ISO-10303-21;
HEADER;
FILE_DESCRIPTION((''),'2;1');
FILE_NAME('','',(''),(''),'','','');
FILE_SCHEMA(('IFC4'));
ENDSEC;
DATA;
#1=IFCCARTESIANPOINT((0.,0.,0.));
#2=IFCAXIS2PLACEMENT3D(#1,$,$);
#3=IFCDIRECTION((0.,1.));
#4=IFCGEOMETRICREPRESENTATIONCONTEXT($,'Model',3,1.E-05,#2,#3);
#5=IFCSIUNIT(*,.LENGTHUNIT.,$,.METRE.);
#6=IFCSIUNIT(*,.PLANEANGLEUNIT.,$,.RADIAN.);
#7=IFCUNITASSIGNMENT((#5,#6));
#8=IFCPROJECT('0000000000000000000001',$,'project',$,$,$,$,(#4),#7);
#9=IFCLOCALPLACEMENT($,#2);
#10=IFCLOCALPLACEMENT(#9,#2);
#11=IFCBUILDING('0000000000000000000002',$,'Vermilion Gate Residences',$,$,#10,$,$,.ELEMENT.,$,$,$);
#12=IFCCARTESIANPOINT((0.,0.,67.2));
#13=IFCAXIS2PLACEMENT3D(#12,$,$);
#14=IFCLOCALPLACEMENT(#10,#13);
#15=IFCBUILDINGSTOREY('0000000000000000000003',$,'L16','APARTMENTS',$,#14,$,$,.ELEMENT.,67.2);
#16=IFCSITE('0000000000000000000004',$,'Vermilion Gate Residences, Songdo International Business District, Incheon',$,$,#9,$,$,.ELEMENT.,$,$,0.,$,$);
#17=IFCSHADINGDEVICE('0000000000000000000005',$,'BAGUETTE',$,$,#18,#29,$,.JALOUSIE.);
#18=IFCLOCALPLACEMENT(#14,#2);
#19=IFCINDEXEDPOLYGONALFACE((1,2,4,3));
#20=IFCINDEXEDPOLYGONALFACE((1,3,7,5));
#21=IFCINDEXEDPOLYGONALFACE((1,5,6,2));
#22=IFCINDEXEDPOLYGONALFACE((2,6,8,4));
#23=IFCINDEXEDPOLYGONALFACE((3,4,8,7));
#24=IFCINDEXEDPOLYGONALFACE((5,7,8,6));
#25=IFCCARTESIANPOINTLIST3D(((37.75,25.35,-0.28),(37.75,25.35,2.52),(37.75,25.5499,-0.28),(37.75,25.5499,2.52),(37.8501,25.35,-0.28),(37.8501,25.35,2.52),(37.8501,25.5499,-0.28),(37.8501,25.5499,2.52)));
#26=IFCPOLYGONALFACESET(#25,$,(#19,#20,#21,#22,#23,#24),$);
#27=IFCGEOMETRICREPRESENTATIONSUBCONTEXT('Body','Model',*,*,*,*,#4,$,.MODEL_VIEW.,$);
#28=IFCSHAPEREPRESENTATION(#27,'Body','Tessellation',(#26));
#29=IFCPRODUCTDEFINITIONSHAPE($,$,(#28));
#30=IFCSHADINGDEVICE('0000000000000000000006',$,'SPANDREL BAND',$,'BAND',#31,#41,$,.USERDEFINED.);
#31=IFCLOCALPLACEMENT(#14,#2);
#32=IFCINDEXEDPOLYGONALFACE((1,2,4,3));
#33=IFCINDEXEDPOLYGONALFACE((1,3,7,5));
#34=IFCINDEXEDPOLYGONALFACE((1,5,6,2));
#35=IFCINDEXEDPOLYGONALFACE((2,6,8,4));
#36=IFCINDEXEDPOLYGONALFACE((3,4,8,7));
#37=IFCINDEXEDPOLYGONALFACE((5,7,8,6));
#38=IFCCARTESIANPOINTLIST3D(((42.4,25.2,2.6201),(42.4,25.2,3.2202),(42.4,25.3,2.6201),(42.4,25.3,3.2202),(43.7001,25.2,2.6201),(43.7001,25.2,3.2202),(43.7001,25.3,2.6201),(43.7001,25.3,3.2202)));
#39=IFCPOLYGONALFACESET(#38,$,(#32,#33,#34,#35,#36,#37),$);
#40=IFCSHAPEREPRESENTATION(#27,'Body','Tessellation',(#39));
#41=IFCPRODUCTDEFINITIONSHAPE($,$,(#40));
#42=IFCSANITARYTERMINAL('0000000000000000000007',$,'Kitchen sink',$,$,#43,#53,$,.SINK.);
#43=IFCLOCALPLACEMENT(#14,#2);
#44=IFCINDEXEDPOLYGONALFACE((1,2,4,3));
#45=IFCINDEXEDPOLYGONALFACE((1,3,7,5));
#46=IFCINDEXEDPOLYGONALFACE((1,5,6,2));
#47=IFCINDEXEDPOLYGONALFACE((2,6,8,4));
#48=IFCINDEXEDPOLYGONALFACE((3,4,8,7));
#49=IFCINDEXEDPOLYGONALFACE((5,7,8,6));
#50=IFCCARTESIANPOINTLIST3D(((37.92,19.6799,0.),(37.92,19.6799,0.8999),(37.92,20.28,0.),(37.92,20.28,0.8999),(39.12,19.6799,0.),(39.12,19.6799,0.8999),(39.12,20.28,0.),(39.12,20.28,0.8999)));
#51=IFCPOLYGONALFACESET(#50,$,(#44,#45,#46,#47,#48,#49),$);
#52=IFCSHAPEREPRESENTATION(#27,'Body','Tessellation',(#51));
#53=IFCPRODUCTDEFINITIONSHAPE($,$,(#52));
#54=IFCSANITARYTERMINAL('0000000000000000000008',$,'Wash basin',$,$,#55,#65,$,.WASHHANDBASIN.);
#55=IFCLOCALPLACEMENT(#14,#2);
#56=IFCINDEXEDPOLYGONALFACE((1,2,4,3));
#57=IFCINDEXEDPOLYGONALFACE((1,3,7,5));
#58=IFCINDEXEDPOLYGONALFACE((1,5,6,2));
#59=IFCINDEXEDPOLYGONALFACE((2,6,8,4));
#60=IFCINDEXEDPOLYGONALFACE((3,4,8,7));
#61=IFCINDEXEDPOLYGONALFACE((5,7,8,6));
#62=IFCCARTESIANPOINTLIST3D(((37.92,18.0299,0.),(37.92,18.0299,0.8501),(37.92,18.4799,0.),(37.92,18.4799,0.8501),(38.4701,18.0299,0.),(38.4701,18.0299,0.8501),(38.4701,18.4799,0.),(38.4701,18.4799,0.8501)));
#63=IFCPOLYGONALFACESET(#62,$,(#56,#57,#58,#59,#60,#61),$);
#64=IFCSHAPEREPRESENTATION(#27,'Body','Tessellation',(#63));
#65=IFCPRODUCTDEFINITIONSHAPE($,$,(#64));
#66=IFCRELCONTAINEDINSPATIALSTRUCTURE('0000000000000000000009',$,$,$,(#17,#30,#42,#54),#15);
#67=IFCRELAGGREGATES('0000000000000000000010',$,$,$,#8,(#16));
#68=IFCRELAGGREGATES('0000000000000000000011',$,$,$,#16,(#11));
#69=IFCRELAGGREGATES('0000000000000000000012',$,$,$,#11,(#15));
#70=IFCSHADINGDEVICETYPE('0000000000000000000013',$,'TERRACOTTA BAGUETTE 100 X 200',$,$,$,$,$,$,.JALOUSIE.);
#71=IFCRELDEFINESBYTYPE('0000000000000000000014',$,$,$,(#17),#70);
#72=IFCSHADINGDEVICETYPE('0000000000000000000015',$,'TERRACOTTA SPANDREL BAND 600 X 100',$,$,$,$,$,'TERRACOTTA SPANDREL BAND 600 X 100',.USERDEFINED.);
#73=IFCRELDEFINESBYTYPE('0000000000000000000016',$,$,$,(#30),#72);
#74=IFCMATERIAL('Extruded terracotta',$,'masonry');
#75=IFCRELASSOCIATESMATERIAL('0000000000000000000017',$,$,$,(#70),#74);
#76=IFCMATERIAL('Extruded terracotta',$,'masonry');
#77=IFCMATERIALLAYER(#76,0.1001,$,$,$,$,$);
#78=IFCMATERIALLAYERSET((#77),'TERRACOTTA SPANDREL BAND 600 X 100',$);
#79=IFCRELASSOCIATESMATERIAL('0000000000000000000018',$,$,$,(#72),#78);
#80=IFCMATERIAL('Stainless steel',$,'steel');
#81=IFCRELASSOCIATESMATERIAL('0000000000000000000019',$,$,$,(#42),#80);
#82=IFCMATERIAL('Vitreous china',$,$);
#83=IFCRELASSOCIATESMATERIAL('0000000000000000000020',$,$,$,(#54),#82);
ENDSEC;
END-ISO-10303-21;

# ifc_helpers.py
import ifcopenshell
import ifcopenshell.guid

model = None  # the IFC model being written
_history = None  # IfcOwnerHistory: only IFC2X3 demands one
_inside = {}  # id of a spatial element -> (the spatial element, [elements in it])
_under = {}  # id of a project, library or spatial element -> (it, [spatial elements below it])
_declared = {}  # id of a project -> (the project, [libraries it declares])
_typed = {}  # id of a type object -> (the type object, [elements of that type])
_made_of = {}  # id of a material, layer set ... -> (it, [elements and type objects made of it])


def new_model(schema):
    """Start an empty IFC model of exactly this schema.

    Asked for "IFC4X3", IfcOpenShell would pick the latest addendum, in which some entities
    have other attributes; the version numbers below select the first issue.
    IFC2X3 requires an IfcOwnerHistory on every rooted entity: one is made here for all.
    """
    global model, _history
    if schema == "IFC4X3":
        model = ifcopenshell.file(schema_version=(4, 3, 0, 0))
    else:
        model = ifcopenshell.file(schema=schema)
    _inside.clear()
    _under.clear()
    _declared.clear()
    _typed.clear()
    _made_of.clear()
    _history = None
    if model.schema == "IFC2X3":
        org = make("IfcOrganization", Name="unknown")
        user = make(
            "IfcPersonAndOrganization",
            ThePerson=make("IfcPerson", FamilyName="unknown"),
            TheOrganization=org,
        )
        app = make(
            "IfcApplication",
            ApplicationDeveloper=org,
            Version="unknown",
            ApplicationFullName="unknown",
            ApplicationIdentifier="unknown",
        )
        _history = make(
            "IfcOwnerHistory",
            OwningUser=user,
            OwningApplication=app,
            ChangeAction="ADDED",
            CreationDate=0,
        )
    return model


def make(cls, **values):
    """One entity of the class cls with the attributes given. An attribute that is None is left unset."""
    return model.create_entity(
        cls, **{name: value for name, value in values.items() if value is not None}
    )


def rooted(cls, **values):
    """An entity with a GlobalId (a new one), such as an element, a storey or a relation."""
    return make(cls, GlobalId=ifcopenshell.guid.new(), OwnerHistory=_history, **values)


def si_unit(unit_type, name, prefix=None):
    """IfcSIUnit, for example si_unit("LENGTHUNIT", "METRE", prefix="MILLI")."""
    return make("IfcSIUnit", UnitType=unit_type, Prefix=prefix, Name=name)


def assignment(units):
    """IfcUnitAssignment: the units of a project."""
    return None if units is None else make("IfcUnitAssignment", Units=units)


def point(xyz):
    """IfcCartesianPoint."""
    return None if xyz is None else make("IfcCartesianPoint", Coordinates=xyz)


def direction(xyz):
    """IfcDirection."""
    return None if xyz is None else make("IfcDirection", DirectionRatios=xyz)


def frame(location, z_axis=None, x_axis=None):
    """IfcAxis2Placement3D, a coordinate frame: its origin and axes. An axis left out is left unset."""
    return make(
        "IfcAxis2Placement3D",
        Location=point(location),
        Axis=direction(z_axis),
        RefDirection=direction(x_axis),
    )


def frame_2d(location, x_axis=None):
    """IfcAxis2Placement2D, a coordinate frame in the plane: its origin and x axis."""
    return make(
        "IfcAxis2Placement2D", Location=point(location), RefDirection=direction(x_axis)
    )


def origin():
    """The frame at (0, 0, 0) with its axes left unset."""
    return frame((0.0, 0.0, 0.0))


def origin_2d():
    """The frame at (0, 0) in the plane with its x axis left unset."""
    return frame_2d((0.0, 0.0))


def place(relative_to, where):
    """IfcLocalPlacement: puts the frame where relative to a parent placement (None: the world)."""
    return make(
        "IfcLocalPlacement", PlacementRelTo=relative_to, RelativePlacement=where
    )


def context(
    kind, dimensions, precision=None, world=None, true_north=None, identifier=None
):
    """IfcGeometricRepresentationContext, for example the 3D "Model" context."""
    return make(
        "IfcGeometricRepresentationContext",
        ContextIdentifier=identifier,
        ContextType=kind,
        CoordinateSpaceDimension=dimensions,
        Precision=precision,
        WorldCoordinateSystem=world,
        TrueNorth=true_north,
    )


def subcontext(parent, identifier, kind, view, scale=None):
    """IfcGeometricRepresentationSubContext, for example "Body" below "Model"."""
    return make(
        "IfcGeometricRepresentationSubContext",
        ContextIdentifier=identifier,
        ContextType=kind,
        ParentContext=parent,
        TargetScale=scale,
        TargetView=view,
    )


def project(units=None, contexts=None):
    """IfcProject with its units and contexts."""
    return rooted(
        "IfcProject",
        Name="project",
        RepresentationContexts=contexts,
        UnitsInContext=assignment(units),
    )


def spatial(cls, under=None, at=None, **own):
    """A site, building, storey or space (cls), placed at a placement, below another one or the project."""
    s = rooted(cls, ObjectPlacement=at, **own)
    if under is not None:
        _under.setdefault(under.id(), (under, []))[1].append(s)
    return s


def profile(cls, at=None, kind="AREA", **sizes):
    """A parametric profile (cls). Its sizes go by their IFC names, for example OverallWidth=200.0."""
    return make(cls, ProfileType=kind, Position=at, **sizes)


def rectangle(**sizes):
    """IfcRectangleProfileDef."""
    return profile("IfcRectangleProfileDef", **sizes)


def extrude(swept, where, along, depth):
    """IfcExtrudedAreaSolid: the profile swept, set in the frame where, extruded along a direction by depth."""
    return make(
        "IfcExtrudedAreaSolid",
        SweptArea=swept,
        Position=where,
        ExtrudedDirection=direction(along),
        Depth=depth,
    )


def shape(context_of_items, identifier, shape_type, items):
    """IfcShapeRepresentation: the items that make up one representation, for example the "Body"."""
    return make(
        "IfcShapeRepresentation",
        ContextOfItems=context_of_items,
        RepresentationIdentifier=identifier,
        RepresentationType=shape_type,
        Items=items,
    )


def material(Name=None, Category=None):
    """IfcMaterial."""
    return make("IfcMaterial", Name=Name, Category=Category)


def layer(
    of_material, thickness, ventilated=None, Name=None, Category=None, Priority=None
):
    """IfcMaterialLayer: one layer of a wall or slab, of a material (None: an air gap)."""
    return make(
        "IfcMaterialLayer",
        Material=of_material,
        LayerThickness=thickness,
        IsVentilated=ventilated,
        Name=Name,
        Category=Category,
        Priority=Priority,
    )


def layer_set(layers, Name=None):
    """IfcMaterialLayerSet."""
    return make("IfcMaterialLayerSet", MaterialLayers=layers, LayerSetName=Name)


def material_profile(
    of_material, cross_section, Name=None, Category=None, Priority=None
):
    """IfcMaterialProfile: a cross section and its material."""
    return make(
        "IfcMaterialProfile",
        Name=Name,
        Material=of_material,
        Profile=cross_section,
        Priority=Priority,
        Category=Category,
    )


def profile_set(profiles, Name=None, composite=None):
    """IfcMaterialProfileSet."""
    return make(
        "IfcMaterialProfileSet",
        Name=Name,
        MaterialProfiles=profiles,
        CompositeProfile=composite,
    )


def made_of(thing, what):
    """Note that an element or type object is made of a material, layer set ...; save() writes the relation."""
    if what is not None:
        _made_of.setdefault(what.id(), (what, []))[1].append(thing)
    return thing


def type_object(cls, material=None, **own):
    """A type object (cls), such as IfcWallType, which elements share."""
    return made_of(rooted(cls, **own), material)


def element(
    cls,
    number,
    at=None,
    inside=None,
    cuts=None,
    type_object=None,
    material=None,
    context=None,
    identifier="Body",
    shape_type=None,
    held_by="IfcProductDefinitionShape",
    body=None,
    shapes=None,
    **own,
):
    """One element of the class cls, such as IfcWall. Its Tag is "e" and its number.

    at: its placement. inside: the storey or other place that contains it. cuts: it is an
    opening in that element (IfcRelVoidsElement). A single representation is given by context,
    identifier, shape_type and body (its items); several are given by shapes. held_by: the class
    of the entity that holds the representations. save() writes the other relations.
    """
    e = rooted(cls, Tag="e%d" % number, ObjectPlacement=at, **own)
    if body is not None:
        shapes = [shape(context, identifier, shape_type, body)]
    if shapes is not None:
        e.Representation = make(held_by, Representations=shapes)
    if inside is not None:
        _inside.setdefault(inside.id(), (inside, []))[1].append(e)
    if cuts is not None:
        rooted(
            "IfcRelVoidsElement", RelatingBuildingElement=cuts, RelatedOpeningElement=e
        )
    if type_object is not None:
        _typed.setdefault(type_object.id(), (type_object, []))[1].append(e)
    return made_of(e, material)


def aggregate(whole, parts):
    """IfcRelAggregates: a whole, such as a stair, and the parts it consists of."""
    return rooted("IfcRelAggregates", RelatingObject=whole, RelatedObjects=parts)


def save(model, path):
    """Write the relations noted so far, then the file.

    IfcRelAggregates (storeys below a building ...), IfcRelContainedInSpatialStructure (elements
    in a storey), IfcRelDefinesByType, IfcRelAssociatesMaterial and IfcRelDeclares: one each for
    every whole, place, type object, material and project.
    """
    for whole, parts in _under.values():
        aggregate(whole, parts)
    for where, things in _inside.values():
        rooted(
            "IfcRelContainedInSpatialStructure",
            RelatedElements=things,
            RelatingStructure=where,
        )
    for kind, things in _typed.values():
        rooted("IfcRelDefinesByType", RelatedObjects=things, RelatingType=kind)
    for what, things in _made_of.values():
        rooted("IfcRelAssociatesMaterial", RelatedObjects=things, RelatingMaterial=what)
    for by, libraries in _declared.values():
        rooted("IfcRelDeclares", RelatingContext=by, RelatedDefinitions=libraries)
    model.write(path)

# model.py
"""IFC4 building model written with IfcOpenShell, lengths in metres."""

from ifc_helpers import new_model, si_unit, direction, frame, origin, origin_2d, place, context, subcontext, project, spatial, rectangle, extrude, material, layer, layer_set, material_profile, profile_set, type_object, element, save


model = new_model("IFC4")

# Units and contexts
model_context = context("Model", 3, precision=1e-05, world=origin(), true_north=direction((0.0, 1.0)))
body_context = subcontext(model_context, "Body", "Model", "MODEL_VIEW")
ifc_project = project(units=[si_unit("LENGTHUNIT", "METRE"), si_unit("PLANEANGLEUNIT", "RADIAN")], contexts=[model_context])

# Site, building, storey
site_placement = place(None, origin())
site = spatial("IfcSite", under=ifc_project, at=site_placement, Name="Vermilion Gate Residences, Songdo International Business District, Incheon", CompositionType="ELEMENT", RefElevation=0.0)
building_placement = place(site_placement, origin())
building = spatial("IfcBuilding", under=site, at=building_placement, Name="Vermilion Gate Residences", CompositionType="ELEMENT")
storey_placement = place(building_placement, frame((0.0, 0.0, 67.2)))
storey = spatial("IfcBuildingStorey", under=building, at=storey_placement, Name="L16", Description="APARTMENTS", CompositionType="ELEMENT", Elevation=67.2)

# Shading devices
ifc_material_1 = material(Name="Extruded terracotta", Category="masonry")
ifc_material_profile = material_profile(ifc_material_1, rectangle(XDim=0.2, YDim=0.1001, at=origin_2d()), Name="BAGUETTE 100 X 200")
ifc_profile_set = profile_set([ifc_material_profile], Name="Extruded terracotta")
shading_device_type_1 = type_object("IfcShadingDeviceType", Name="TERRACOTTA BAGUETTE 100 X 200", PredefinedType="JALOUSIE", material=ifc_profile_set)
shading_device_1_placement = place(storey_placement, frame((37.8, 25.45, -0.28), z_axis=(0.0, 0.0, 1.0), x_axis=(0.0, -1.0, 0.0)))
element("IfcShadingDevice", 1, at=shading_device_1_placement, inside=storey, type_object=shading_device_type_1, Name="BAGUETTE", PredefinedType="JALOUSIE", context=body_context, shape_type="SweptSolid", body=[
    extrude(rectangle(XDim=0.2, YDim=0.1001, at=origin_2d()), origin(), (0.0, 0.0, 1.0), 2.8),
])
ifc_material_2 = material(Name="Extruded terracotta", Category="masonry")
ifc_layer_1 = layer(ifc_material_2, 0.1001)
ifc_layer_set_1 = layer_set([ifc_layer_1], Name="TERRACOTTA SPANDREL BAND 600 X 100")
shading_device_type_2 = type_object("IfcShadingDeviceType", Name="TERRACOTTA SPANDREL BAND 600 X 100", ElementType="TERRACOTTA SPANDREL BAND 600 X 100", PredefinedType="USERDEFINED", material=ifc_layer_set_1)
shading_device_2_placement = place(storey_placement, frame((43.05, 25.25, 2.6201), z_axis=(0.0, 0.0, 1.0), x_axis=(1.0, 0.0, 0.0)))
element("IfcShadingDevice", 2, at=shading_device_2_placement, inside=storey, type_object=shading_device_type_2, Name="SPANDREL BAND", ObjectType="BAND", PredefinedType="USERDEFINED", context=body_context, shape_type="SweptSolid", body=[
    extrude(rectangle(XDim=1.3, YDim=0.1001, at=origin_2d()), origin(), (0.0, 0.0, 1.0), 0.6001),
])

# Sanitary terminals
ifc_material_3 = material(Name="Stainless steel", Category="steel")
sanitary_terminal_1_placement = place(storey_placement, frame((38.52, 19.98, 0.0), z_axis=(0.0, 0.0, 1.0), x_axis=(1.0, 0.0, 0.0)))
element("IfcSanitaryTerminal", 3, at=sanitary_terminal_1_placement, inside=storey, material=ifc_material_3, Name="Kitchen sink", PredefinedType="SINK", context=body_context, shape_type="SweptSolid", body=[
    extrude(rectangle(XDim=1.2, YDim=0.6001, at=origin_2d()), origin(), (0.0, 0.0, 1.0), 0.8999),
])
ifc_material_4 = material(Name="Vitreous china")
sanitary_terminal_2_placement = place(storey_placement, frame((38.1951, 18.2549, 0.0), z_axis=(0.0, 0.0, 1.0), x_axis=(1.0, 0.0, 0.0)))
element("IfcSanitaryTerminal", 4, at=sanitary_terminal_2_placement, inside=storey, material=ifc_material_4, Name="Wash basin", PredefinedType="WASHHANDBASIN", context=body_context, shape_type="SweptSolid", body=[
    extrude(rectangle(XDim=0.55, YDim=0.45, at=origin_2d()), origin(), (0.0, 0.0, 1.0), 0.8501),
])

save(model, "model.ifc")
